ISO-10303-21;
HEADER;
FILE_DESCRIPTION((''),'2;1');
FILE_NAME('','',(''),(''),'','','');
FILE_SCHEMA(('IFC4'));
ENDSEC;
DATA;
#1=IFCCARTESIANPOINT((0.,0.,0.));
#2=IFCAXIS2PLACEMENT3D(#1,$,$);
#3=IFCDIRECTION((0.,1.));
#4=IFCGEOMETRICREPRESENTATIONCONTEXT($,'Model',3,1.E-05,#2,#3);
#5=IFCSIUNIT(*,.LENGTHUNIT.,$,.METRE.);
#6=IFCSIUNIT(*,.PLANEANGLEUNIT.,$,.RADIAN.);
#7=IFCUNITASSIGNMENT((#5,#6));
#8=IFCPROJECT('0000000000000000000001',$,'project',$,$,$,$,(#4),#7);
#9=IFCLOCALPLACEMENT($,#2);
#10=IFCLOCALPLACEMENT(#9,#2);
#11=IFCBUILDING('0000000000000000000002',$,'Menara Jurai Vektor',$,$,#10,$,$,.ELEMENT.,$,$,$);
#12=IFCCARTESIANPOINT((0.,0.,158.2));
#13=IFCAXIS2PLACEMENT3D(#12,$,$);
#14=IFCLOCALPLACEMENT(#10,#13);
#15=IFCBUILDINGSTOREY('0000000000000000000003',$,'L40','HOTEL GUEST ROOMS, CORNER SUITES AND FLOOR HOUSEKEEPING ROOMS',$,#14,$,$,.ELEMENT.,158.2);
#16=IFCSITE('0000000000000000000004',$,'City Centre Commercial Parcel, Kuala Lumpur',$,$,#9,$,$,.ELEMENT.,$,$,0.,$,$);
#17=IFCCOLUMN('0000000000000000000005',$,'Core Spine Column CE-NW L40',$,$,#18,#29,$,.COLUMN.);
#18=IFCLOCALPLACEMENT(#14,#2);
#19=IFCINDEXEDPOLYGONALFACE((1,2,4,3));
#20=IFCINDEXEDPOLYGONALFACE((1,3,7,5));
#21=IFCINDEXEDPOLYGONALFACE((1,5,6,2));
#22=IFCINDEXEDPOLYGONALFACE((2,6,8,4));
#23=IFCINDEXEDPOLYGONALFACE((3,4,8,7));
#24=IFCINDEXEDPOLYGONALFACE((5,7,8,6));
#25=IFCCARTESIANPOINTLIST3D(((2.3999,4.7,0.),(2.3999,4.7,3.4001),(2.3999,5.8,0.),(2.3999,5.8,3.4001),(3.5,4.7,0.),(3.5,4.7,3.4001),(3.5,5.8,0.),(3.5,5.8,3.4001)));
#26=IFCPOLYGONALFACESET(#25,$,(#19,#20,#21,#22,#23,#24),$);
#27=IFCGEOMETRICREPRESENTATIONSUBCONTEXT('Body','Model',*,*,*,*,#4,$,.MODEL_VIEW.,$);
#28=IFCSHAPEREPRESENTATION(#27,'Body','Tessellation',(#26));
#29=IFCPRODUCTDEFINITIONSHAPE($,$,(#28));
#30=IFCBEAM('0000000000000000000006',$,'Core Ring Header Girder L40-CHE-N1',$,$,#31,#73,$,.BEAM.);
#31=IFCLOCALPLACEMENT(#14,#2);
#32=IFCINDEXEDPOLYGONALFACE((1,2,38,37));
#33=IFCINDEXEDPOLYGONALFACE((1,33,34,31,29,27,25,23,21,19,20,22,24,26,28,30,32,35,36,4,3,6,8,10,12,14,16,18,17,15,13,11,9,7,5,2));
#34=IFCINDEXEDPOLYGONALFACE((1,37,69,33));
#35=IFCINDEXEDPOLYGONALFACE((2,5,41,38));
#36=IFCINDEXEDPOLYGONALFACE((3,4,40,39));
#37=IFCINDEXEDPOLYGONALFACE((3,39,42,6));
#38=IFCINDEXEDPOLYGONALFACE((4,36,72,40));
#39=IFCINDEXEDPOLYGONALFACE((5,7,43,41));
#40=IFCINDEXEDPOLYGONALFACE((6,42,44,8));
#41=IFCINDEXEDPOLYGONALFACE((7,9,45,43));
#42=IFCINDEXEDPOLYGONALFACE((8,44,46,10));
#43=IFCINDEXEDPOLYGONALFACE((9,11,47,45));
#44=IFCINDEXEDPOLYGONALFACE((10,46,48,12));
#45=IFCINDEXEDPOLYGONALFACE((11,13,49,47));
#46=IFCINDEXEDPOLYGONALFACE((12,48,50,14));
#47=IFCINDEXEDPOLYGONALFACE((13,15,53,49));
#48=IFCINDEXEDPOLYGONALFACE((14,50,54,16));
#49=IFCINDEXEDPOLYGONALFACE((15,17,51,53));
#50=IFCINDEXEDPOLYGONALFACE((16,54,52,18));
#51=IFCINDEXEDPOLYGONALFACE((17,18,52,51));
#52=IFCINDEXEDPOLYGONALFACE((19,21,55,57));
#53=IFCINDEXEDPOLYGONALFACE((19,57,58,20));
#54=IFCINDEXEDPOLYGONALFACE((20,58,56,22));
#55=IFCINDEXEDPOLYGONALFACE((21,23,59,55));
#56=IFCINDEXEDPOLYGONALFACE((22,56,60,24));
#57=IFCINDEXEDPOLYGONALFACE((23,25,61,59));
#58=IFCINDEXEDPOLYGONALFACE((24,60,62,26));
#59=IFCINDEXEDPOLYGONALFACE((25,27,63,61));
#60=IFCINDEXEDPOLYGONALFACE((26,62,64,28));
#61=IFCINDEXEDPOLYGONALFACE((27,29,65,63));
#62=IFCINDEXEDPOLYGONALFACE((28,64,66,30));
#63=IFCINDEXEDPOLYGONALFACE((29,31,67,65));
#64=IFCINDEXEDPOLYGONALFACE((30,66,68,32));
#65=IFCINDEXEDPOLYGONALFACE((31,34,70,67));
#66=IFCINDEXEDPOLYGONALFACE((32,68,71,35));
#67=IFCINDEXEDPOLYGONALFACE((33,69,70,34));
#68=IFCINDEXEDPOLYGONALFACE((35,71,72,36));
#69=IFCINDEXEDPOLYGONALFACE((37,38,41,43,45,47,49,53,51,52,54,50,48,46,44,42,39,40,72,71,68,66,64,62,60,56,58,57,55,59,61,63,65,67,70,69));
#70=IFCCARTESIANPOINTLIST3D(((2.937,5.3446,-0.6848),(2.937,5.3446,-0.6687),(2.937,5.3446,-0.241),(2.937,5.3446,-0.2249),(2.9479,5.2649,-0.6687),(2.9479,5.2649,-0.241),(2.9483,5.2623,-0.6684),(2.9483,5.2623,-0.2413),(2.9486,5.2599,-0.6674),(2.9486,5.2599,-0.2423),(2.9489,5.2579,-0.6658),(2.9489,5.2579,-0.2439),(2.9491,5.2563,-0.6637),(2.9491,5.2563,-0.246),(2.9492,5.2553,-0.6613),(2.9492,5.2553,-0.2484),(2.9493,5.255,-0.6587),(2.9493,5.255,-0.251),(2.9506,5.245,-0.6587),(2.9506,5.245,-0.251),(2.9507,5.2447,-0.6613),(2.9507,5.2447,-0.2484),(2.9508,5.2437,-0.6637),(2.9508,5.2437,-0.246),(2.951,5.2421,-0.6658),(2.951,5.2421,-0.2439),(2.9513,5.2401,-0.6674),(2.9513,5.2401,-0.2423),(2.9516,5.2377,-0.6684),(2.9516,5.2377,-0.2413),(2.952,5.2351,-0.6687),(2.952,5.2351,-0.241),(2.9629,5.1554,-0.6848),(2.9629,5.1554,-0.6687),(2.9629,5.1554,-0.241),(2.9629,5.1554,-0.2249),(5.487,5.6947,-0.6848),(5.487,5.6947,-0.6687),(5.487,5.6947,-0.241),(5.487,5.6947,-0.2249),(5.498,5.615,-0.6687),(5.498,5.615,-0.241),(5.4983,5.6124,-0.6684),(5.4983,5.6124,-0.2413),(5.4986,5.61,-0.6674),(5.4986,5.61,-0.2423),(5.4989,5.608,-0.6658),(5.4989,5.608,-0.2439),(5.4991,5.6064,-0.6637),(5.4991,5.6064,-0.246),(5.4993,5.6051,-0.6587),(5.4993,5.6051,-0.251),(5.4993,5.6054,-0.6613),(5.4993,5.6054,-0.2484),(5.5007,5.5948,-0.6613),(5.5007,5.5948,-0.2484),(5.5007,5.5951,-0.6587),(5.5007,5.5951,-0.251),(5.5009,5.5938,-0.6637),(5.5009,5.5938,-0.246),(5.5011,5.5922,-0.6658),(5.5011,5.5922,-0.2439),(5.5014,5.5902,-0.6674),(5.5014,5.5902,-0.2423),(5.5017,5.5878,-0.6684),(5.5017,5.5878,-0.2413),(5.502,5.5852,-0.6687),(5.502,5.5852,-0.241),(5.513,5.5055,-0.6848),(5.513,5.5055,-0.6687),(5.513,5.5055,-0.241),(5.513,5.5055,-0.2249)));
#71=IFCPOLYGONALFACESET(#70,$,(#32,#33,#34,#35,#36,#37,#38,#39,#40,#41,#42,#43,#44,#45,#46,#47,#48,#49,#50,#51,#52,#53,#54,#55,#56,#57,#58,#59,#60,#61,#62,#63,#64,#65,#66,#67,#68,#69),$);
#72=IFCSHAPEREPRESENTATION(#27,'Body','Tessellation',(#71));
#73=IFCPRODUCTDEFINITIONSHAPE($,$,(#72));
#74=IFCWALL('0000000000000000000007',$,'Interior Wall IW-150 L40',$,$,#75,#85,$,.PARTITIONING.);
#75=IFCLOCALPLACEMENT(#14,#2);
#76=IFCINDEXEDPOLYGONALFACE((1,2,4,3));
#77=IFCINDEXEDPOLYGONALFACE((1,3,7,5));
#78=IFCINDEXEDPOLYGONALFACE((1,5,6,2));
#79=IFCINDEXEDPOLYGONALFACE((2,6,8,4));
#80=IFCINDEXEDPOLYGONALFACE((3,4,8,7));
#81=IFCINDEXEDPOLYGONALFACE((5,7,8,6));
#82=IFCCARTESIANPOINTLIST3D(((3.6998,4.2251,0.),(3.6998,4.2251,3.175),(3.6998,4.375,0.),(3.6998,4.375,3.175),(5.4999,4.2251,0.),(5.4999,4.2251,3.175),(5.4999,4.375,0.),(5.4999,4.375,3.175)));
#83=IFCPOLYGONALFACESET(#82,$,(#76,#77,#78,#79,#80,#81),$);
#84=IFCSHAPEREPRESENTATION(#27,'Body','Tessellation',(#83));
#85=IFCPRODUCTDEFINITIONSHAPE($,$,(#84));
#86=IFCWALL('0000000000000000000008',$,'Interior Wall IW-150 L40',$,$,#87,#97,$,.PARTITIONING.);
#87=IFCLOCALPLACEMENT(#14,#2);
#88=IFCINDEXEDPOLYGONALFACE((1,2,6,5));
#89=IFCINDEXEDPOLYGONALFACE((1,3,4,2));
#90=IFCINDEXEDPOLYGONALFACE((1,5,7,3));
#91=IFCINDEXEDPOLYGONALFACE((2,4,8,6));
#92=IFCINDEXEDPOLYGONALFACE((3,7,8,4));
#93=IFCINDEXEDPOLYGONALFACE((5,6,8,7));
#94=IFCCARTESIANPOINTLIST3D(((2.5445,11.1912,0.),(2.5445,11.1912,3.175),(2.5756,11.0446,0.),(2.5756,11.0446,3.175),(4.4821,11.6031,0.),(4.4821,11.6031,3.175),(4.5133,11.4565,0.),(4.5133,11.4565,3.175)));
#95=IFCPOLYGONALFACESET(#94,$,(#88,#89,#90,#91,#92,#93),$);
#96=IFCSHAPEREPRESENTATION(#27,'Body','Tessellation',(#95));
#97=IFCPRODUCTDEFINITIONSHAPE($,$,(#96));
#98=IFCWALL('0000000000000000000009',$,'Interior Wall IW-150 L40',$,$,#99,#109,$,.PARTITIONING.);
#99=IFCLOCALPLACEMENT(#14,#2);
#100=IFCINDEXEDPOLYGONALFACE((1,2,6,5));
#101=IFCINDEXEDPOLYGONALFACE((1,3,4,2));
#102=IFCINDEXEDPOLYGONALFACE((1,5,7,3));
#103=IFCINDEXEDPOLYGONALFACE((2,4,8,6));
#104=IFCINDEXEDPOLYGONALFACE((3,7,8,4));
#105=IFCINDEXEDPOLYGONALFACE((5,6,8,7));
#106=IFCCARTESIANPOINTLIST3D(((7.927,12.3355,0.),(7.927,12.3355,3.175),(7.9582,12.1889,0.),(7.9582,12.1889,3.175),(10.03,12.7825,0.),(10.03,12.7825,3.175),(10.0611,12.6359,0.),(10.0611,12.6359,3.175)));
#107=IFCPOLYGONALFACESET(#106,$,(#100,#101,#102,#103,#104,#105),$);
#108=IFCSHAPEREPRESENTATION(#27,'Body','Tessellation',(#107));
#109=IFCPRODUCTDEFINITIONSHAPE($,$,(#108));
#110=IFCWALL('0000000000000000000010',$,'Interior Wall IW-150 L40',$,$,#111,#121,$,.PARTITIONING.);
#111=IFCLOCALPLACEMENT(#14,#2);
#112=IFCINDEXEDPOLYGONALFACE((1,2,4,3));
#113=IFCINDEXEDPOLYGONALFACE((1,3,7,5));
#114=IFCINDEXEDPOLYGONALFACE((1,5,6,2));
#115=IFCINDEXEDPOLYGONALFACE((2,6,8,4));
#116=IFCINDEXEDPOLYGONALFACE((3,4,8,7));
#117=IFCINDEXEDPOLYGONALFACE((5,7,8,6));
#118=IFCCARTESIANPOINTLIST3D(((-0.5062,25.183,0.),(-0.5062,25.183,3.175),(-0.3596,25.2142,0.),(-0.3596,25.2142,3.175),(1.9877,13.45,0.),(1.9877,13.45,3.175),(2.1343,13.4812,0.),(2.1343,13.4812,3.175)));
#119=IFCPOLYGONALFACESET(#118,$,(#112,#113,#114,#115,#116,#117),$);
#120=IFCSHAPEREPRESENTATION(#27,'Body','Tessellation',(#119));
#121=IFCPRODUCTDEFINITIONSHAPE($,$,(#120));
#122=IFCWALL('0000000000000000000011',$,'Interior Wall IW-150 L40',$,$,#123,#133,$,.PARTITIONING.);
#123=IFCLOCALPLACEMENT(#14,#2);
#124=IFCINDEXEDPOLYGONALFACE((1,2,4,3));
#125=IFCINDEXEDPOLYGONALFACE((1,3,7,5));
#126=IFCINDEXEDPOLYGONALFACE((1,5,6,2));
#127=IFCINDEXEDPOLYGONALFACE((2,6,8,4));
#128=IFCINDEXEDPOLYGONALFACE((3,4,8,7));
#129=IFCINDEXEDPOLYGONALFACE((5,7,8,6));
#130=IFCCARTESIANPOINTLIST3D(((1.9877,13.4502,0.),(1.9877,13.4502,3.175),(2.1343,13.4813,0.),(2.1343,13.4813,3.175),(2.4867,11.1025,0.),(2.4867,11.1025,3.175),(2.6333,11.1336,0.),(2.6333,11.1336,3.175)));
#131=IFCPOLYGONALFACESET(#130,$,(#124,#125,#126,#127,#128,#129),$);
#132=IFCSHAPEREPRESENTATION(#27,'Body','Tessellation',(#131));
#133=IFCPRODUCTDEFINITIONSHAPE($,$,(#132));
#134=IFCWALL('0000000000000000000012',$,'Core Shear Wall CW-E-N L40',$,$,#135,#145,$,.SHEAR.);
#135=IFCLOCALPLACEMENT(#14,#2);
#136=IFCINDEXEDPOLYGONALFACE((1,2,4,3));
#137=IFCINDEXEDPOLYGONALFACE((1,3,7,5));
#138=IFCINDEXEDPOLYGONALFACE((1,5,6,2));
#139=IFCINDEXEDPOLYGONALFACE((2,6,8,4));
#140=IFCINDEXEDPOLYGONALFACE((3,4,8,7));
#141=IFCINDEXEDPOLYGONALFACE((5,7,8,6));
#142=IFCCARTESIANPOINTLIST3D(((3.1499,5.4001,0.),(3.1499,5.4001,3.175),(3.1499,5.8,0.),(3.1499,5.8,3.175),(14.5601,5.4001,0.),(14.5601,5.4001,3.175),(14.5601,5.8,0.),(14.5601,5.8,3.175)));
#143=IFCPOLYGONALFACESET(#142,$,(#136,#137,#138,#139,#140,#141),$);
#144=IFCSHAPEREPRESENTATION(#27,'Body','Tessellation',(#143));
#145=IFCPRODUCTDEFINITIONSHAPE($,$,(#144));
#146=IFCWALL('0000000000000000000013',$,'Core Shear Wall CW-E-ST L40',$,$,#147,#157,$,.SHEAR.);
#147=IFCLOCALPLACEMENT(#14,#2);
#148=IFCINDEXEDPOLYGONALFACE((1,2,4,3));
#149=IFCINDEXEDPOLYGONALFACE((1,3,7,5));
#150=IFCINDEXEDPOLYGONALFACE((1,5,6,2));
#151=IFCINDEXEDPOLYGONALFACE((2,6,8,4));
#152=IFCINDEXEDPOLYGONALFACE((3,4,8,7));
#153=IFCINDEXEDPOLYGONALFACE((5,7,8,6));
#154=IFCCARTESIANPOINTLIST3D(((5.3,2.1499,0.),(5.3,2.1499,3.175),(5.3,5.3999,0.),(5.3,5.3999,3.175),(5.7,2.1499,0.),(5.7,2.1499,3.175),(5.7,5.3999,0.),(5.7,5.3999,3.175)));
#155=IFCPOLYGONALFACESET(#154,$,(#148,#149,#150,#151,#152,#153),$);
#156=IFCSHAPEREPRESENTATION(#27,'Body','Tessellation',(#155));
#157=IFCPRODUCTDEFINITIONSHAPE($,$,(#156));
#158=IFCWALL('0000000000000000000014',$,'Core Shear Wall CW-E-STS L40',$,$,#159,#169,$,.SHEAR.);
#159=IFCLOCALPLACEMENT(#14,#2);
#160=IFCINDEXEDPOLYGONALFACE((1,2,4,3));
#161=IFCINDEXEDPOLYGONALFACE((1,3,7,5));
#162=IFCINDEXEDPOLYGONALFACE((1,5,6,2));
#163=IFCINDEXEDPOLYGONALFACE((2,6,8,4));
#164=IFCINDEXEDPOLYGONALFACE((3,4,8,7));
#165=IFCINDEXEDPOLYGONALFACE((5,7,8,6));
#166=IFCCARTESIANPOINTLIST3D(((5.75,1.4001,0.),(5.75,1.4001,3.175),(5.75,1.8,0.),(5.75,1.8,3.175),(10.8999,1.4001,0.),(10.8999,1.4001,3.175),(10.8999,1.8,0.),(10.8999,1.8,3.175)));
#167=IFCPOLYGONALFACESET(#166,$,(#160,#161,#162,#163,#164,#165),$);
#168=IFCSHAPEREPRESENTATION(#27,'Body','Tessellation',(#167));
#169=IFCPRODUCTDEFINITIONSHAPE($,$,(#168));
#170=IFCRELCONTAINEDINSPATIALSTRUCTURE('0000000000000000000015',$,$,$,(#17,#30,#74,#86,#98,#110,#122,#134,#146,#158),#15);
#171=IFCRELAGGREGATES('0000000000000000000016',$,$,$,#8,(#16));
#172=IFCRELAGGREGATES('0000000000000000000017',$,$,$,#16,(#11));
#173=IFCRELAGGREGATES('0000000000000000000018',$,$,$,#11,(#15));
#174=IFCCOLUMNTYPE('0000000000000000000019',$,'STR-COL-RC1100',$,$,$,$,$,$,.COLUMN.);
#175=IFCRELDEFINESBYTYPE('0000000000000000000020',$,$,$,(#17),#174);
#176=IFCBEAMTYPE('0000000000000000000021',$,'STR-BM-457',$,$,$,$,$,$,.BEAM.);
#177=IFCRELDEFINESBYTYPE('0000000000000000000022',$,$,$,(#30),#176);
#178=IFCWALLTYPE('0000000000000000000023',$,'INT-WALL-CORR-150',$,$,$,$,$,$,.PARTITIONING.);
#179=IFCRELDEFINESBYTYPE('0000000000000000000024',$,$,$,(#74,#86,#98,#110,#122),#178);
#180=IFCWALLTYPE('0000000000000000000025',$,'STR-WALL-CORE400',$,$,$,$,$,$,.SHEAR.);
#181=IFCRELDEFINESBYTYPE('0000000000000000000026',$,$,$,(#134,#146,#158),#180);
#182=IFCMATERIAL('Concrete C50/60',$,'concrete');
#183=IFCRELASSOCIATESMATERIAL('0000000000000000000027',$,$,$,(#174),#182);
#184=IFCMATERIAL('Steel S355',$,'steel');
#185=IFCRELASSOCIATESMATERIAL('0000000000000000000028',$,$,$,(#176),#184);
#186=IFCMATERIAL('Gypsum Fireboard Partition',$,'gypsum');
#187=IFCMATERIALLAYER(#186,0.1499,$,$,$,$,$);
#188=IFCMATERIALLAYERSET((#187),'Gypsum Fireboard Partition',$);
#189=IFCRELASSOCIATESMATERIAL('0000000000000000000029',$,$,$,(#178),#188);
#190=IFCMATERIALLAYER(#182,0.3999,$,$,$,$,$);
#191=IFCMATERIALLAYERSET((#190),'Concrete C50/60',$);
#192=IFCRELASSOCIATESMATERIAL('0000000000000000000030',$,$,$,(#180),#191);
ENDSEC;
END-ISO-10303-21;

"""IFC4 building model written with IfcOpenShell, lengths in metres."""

from ifc_helpers import new_model, si_unit, direction, frame, frame_2d, origin, origin_2d, place, context, subcontext, project, spatial, rectangle, i_section, extrude, material, layer, layer_set, material_profile, profile_set, type_object, element, save


model = new_model("IFC4")

# Units and contexts
model_context = context("Model", 3, precision=1e-05, world=origin(), true_north=direction((0.0, 1.0)))
body_context = subcontext(model_context, "Body", "Model", "MODEL_VIEW")
ifc_project = project(units=[si_unit("LENGTHUNIT", "METRE"), si_unit("PLANEANGLEUNIT", "RADIAN")], contexts=[model_context])

# Site, building, storey
site_placement = place(None, origin())
site = spatial("IfcSite", under=ifc_project, at=site_placement, Name="City Centre Commercial Parcel, Kuala Lumpur", CompositionType="ELEMENT", RefElevation=0.0)
building_placement = place(site_placement, origin())
building = spatial("IfcBuilding", under=site, at=building_placement, Name="Menara Jurai Vektor", CompositionType="ELEMENT")
storey_placement = place(building_placement, frame((0.0, 0.0, 158.2)))
storey = spatial("IfcBuildingStorey", under=building, at=storey_placement, Name="L40", Description="HOTEL GUEST ROOMS, CORNER SUITES AND FLOOR HOUSEKEEPING ROOMS", CompositionType="ELEMENT", Elevation=158.2)

# Column
ifc_material_1 = material(Name="Concrete C50/60", Category="concrete")
ifc_material_profile_1 = material_profile(ifc_material_1, rectangle(XDim=1.1001, YDim=1.1001, at=origin_2d()), Name="RC 1100x1100")
ifc_profile_set_1 = profile_set([ifc_material_profile_1], Name="Concrete C50/60")
column_type = type_object("IfcColumnType", Name="STR-COL-RC1100", PredefinedType="COLUMN", material=ifc_profile_set_1)
column_placement = place(storey_placement, frame((2.95, 5.25, 0.0), z_axis=(0.0, 0.0, 1.0), x_axis=(1.0, 0.0, 0.0)))
element("IfcColumn", 1, at=column_placement, inside=storey, type_object=column_type, Name="Core Spine Column CE-NW L40", PredefinedType="COLUMN", context=body_context, shape_type="SweptSolid", body=[
    extrude(rectangle(XDim=1.1001, YDim=1.1001, at=origin_2d()), origin(), (0.0, 0.0, 1.0), 3.4001),
])

# Beam
ifc_material_2 = material(Name="Steel S355", Category="steel")
ifc_material_profile_2 = material_profile(ifc_material_2, i_section(OverallWidth=0.1909, OverallDepth=0.46, WebThickness=0.01, FlangeThickness=0.0161, FilletRadius=0.01, at=origin_2d()), Name="UKB 457x191x82")
ifc_profile_set_2 = profile_set([ifc_material_profile_2], Name="Steel S355")
beam_type = type_object("IfcBeamType", Name="STR-BM-457", PredefinedType="BEAM", material=ifc_profile_set_2)
beam_placement = place(storey_placement, frame((2.95, 5.25, -0.4548), z_axis=(0.990707, 0.136015, 0.0), x_axis=(-0.136015, 0.990707, 0.0)))
element("IfcBeam", 2, at=beam_placement, inside=storey, type_object=beam_type, Name="Core Ring Header Girder L40-CHE-N1", PredefinedType="BEAM", context=body_context, shape_type="SweptSolid", body=[
    extrude(i_section(OverallWidth=0.1909, OverallDepth=0.46, WebThickness=0.01, FlangeThickness=0.0161, FilletRadius=0.01, at=origin_2d()), origin(), (0.0, 0.0, 1.0), 2.574),
])

# Wall
ifc_material_3 = material(Name="Gypsum Fireboard Partition", Category="gypsum")
ifc_layer_1 = layer(ifc_material_3, 0.1499)
ifc_layer_set_1 = layer_set([ifc_layer_1], Name="Gypsum Fireboard Partition")
wall_type_1 = type_object("IfcWallType", Name="INT-WALL-CORR-150", PredefinedType="PARTITIONING", material=ifc_layer_set_1)
wall_1_placement = place(storey_placement, frame((3.7, 4.3, 0.0), z_axis=(0.0, 0.0, 1.0), x_axis=(1.0, 0.0, 0.0)))
element("IfcWall", 3, at=wall_1_placement, inside=storey, type_object=wall_type_1, Name="Interior Wall IW-150 L40", PredefinedType="PARTITIONING", context=body_context, shape_type="SweptSolid", body=[
    extrude(rectangle(XDim=1.8, YDim=0.1499, at=frame_2d((0.8999, 0.0))), origin(), (0.0, 0.0, 1.0), 3.175),
])

# Walls
wall_2_placement = place(storey_placement, frame((2.5601, 11.1179, 0.0), z_axis=(0.0, 0.0, 1.0), x_axis=(0.978149, 0.207904, 0.0)))
element("IfcWall", 4, at=wall_2_placement, inside=storey, type_object=wall_type_1, Name="Interior Wall IW-150 L40", PredefinedType="PARTITIONING", context=body_context, shape_type="SweptSolid", body=[
    extrude(rectangle(XDim=1.981, YDim=0.1499, at=frame_2d((0.9905, 0.0))), origin(), (0.0, 0.0, 1.0), 3.175),
])
wall_3_placement = place(storey_placement, frame((7.9426, 12.2622, 0.0), z_axis=(0.0, 0.0, 1.0), x_axis=(0.978147, 0.207916, 0.0)))
element("IfcWall", 5, at=wall_3_placement, inside=storey, type_object=wall_type_1, Name="Interior Wall IW-150 L40", PredefinedType="PARTITIONING", context=body_context, shape_type="SweptSolid", body=[
    extrude(rectangle(XDim=2.1499, YDim=0.1499, at=frame_2d((1.075, 0.0))), origin(), (0.0, 0.0, 1.0), 3.175),
])

# Walls
wall_4_placement = place(storey_placement, frame((2.061, 13.4656, 0.0), z_axis=(0.0, 0.0, 1.0), x_axis=(-0.207911, 0.978148, 0.0)))
element("IfcWall", 6, at=wall_4_placement, inside=storey, type_object=wall_type_1, Name="Interior Wall IW-150 L40", PredefinedType="PARTITIONING", context=body_context, shape_type="SweptSolid", body=[
    extrude(rectangle(XDim=11.9951, YDim=0.1499, at=frame_2d((5.9976, 0.0))), origin(), (0.0, 0.0, 1.0), 3.175),
])
wall_5_placement = place(storey_placement, frame((2.5601, 11.1179, 0.0), z_axis=(0.0, 0.0, 1.0), x_axis=(-0.207917, 0.978146, 0.0)))
element("IfcWall", 7, at=wall_5_placement, inside=storey, type_object=wall_type_1, Name="Interior Wall IW-150 L40", PredefinedType="PARTITIONING", context=body_context, shape_type="SweptSolid", body=[
    extrude(rectangle(XDim=2.4001, YDim=0.1499, at=frame_2d((1.2002, 0.0))), origin(), (0.0, 0.0, 1.0), 3.175),
])

# Walls
ifc_layer_2 = layer(ifc_material_1, 0.3999)
ifc_layer_set_2 = layer_set([ifc_layer_2], Name="Concrete C50/60")
wall_type_2 = type_object("IfcWallType", Name="STR-WALL-CORE400", PredefinedType="SHEAR", material=ifc_layer_set_2)
wall_6_placement = place(storey_placement, frame((3.1499, 5.6001, 0.0), z_axis=(0.0, 0.0, 1.0), x_axis=(1.0, 0.0, 0.0)))
element("IfcWall", 8, at=wall_6_placement, inside=storey, type_object=wall_type_2, Name="Core Shear Wall CW-E-N L40", PredefinedType="SHEAR", context=body_context, shape_type="SweptSolid", body=[
    extrude(rectangle(XDim=11.4102, YDim=0.3999, at=frame_2d((5.7051, 0.0))), origin(), (0.0, 0.0, 1.0), 3.175),
])
wall_7_placement = place(storey_placement, frame((5.5, 2.1499, 0.0), z_axis=(0.0, 0.0, 1.0), x_axis=(0.0, 1.0, 0.0)))
element("IfcWall", 9, at=wall_7_placement, inside=storey, type_object=wall_type_2, Name="Core Shear Wall CW-E-ST L40", PredefinedType="SHEAR", context=body_context, shape_type="SweptSolid", body=[
    extrude(rectangle(XDim=3.25, YDim=0.3999, at=frame_2d((1.625, 0.0))), origin(), (0.0, 0.0, 1.0), 3.175),
])
wall_8_placement = place(storey_placement, frame((5.75, 1.6001, 0.0), z_axis=(0.0, 0.0, 1.0), x_axis=(1.0, 0.0, 0.0)))
element("IfcWall", 10, at=wall_8_placement, inside=storey, type_object=wall_type_2, Name="Core Shear Wall CW-E-STS L40", PredefinedType="SHEAR", context=body_context, shape_type="SweptSolid", body=[
    extrude(rectangle(XDim=5.1499, YDim=0.3999, at=frame_2d((2.575, 0.0))), origin(), (0.0, 0.0, 1.0), 3.175),
])

save(model, "model.ifc")
